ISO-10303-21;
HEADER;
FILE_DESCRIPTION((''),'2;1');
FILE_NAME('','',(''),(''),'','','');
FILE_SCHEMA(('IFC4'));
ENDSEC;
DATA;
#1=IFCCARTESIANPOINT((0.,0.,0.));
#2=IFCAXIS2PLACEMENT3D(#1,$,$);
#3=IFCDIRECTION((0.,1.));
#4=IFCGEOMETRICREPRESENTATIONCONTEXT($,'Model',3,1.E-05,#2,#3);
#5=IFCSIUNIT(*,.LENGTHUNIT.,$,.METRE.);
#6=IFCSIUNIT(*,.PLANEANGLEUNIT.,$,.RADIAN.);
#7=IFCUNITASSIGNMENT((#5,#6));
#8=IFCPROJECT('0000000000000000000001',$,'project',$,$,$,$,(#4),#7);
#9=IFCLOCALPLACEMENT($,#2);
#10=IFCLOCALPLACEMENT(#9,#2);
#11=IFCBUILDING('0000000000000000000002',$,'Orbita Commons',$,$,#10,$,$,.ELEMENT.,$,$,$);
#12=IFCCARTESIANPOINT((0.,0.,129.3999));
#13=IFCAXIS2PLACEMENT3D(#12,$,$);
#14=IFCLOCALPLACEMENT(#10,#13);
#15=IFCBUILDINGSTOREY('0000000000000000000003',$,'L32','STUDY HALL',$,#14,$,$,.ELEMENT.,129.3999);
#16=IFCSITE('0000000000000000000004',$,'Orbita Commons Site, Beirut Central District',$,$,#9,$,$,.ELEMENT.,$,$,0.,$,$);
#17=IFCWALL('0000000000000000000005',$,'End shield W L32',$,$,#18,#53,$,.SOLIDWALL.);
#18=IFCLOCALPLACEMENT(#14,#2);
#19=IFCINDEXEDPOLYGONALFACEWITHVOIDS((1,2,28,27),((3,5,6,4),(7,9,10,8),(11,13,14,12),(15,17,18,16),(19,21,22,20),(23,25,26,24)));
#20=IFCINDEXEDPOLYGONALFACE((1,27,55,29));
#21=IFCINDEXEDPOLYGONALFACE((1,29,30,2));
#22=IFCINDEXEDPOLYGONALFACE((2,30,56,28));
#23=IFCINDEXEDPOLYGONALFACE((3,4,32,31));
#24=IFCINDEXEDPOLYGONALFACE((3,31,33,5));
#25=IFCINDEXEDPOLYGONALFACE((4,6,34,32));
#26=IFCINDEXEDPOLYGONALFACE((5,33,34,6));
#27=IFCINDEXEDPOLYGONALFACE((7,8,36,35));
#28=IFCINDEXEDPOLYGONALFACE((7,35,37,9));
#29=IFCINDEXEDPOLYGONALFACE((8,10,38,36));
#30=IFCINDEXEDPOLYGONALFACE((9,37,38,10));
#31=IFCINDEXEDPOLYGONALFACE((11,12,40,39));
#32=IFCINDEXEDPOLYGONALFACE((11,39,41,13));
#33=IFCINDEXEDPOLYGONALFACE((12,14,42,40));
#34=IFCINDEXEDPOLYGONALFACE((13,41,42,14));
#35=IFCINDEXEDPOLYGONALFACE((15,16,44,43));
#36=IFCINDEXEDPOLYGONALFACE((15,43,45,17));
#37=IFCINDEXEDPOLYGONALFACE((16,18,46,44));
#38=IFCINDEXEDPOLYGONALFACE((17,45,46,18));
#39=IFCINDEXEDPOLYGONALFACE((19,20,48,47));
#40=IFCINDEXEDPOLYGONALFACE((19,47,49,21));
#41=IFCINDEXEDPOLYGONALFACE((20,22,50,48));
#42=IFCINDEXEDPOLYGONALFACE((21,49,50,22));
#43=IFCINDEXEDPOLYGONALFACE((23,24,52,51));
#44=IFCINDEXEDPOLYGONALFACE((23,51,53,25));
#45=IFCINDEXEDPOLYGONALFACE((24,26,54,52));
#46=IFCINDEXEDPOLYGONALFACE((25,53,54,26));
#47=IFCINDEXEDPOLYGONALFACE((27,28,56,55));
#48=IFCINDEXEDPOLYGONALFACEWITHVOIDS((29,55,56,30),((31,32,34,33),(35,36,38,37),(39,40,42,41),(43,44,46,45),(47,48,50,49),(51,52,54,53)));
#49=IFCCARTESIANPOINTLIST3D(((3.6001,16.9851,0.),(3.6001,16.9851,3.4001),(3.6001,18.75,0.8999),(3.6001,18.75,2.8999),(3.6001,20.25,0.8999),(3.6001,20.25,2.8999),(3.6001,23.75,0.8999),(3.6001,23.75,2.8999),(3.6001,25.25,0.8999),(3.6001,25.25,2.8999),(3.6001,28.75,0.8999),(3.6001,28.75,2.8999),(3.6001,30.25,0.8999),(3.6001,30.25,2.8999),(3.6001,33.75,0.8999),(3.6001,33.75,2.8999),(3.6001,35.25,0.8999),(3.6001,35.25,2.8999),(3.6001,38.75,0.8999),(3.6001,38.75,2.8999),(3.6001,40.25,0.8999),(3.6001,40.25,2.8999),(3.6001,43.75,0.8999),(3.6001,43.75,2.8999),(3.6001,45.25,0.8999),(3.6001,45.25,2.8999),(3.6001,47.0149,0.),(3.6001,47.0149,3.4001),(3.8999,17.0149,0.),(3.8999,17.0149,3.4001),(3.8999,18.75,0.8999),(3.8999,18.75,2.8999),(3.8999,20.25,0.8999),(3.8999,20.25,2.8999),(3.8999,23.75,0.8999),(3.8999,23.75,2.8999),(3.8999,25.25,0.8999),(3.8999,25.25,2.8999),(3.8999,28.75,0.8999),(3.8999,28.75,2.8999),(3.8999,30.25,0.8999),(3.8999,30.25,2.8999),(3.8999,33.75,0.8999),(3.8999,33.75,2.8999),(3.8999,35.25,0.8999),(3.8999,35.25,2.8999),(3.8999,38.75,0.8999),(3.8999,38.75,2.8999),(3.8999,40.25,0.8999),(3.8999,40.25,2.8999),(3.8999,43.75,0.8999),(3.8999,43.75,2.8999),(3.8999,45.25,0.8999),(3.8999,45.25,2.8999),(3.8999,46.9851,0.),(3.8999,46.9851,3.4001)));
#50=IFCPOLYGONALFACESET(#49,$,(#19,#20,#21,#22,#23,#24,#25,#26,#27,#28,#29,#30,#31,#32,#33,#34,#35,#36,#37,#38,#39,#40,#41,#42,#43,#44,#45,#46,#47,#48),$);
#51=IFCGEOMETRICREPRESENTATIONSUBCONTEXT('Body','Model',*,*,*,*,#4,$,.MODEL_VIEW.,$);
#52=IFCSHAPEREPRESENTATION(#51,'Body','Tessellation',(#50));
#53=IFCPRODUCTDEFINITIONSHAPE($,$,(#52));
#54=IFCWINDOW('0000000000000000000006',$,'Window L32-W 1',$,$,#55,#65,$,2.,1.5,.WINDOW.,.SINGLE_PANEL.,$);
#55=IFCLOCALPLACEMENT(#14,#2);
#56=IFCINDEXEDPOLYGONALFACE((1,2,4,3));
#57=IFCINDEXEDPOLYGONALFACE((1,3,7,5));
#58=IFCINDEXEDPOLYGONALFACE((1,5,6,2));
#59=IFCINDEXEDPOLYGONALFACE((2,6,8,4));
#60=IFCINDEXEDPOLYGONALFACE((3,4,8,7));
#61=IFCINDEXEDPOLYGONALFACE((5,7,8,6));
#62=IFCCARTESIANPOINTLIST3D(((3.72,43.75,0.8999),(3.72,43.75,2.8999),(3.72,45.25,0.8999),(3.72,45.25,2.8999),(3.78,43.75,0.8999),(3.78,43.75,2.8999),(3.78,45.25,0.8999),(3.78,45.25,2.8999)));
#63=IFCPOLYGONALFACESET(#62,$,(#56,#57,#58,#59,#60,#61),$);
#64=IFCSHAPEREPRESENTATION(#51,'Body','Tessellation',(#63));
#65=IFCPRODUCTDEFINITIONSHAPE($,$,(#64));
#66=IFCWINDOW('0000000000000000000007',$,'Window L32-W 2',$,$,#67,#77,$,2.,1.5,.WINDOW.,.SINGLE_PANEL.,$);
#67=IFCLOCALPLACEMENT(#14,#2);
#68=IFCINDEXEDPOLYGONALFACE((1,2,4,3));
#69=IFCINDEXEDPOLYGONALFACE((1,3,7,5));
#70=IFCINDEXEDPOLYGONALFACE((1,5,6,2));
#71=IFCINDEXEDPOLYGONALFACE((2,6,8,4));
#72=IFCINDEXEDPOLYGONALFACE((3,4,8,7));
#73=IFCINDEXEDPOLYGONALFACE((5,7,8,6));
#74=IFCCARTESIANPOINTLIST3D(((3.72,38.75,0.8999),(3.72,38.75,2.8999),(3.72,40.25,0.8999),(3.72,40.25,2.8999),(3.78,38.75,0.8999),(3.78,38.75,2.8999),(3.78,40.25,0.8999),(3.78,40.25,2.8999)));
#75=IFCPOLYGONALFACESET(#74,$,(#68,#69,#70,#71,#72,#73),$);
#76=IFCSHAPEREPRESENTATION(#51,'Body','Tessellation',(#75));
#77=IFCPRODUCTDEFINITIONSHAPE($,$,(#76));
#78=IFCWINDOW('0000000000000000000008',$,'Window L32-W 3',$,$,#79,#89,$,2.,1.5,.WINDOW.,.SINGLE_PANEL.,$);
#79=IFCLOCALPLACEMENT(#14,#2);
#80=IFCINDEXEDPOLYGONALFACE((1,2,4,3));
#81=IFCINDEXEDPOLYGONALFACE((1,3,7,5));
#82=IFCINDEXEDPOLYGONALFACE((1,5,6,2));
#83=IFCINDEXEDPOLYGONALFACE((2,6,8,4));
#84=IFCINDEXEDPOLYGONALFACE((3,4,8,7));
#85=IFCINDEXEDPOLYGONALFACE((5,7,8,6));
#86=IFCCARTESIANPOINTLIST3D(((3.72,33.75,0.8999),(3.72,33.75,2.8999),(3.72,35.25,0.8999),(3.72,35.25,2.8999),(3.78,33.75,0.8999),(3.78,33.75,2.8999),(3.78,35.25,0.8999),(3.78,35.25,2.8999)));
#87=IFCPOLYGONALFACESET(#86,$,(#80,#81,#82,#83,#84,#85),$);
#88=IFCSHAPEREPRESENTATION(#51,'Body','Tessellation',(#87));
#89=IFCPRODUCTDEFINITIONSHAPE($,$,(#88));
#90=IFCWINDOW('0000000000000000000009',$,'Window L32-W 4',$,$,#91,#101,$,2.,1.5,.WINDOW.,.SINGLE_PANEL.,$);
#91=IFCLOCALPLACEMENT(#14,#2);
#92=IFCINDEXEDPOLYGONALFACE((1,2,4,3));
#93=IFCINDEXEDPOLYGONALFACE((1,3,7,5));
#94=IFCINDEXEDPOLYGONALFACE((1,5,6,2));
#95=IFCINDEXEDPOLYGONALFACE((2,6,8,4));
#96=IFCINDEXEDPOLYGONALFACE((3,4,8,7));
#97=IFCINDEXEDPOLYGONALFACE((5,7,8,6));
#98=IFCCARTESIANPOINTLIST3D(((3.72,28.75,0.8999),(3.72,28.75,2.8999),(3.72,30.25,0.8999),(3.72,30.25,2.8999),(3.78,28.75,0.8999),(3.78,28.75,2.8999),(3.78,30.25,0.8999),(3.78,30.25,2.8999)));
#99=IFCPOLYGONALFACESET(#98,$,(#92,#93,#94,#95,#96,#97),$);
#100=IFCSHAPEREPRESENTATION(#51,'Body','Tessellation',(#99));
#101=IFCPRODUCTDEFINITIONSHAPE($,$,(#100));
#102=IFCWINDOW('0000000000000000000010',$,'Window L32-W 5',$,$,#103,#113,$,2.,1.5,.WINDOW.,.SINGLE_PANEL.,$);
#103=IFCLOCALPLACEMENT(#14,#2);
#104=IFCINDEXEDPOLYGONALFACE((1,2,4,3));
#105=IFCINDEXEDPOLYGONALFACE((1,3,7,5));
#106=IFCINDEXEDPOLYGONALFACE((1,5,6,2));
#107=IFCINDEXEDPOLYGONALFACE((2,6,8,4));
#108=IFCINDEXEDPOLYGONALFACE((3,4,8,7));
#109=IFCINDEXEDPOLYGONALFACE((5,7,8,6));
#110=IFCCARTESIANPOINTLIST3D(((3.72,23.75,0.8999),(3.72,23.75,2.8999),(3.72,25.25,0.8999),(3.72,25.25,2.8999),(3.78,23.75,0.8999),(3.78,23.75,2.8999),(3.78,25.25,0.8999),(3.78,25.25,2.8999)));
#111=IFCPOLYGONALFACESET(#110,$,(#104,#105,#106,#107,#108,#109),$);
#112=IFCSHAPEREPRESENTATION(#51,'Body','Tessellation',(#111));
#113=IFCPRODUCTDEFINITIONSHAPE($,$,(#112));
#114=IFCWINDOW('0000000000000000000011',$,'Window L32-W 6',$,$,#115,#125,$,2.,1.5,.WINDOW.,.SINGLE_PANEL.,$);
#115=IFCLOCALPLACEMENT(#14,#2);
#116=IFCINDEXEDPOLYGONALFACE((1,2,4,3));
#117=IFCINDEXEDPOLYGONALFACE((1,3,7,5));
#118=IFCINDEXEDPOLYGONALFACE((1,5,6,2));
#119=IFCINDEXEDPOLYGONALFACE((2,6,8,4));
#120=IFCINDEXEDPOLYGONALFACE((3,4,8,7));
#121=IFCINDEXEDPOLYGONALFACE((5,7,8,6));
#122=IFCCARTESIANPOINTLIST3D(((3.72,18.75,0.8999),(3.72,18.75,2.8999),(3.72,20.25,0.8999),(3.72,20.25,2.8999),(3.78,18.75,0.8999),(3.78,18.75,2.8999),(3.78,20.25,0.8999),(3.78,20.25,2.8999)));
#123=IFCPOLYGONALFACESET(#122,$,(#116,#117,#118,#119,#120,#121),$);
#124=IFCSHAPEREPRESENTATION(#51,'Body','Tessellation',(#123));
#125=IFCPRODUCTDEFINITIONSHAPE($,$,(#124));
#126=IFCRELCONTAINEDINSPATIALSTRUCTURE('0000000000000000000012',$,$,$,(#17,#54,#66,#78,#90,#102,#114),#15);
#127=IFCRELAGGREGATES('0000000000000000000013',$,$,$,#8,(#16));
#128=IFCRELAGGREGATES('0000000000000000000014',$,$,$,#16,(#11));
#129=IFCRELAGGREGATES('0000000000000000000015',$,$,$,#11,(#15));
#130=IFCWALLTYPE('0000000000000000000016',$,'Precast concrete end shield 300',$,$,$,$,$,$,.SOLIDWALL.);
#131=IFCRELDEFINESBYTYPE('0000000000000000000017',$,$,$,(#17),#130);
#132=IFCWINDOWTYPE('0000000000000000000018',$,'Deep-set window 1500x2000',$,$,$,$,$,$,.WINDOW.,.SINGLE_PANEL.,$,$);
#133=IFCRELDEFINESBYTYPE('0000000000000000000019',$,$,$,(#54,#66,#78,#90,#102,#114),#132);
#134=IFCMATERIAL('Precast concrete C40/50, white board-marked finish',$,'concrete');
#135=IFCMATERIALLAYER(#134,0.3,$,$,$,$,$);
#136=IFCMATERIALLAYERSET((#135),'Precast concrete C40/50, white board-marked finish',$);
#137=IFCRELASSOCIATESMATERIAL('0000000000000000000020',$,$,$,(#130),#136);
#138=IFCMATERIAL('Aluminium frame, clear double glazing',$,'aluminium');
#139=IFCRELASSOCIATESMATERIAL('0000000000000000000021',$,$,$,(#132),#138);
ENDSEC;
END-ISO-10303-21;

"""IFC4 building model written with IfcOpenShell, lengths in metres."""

from ifc_helpers import new_model, si_unit, direction, frame, frame_2d, origin, place, context, subcontext, project, spatial, polyline, rectangle, outline, extrude, material, layer, layer_set, type_object, element, fill, save


model = new_model("IFC4")

# Units and contexts
model_context = context("Model", 3, precision=1e-05, world=origin(), true_north=direction((0.0, 1.0)))
body_context = subcontext(model_context, "Body", "Model", "MODEL_VIEW")
ifc_project = project(units=[si_unit("LENGTHUNIT", "METRE"), si_unit("PLANEANGLEUNIT", "RADIAN")], contexts=[model_context])

# Site, building, storey
site_placement = place(None, origin())
site = spatial("IfcSite", under=ifc_project, at=site_placement, Name="Orbita Commons Site, Beirut Central District", CompositionType="ELEMENT", RefElevation=0.0)
building_placement = place(site_placement, origin())
building = spatial("IfcBuilding", under=site, at=building_placement, Name="Orbita Commons", CompositionType="ELEMENT")
storey_placement = place(building_placement, frame((0.0, 0.0, 129.3999)))
storey = spatial("IfcBuildingStorey", under=building, at=storey_placement, Name="L32", Description="STUDY HALL", CompositionType="ELEMENT", Elevation=129.3999)

# Wall, openings, windows
ifc_material_1 = material(Name="Precast concrete C40/50, white board-marked finish", Category="concrete")
ifc_layer_1 = layer(ifc_material_1, 0.3)
ifc_layer_set_1 = layer_set([ifc_layer_1], Name="Precast concrete C40/50, white board-marked finish")
wall_type_1 = type_object("IfcWallType", Name="Precast concrete end shield 300", PredefinedType="SOLIDWALL", material=ifc_layer_set_1)
wall_1_placement = place(storey_placement, frame((3.75, 47.0, 0.0), z_axis=(0.0, 0.0, 1.0), x_axis=(0.0, -1.0, 0.0)))
wall_1 = element("IfcWall", 1, at=wall_1_placement, inside=storey, type_object=wall_type_1, Name="End shield W L32", PredefinedType="SOLIDWALL", context=body_context, shape_type="SweptSolid", body=[
    extrude(outline(polyline([(-0.0149, -0.1499), (30.0149, -0.1499), (29.9851, 0.1499), (0.0149, 0.1499), (-0.0149, -0.1499)])), origin(), (0.0, 0.0, 1.0), 3.4001),
])
opening_1_placement = place(wall_1_placement, frame((1.75, 0.0, 0.8999)))
opening_1 = element("IfcOpeningElement", 2, at=opening_1_placement, cuts=wall_1, PredefinedType="OPENING", context=body_context, shape_type="SweptSolid", body=[
    extrude(rectangle(XDim=1.5, YDim=2.0, at=frame_2d((0.75, 1.0))), frame((0.0, 0.1599, 0.0), z_axis=(0.0, -1.0, 0.0), x_axis=(1.0, 0.0, 0.0)), (0.0, 0.0, 1.0), 0.3201),
])
opening_2_placement = place(wall_1_placement, frame((6.75, 0.0, 0.8999)))
opening_2 = element("IfcOpeningElement", 3, at=opening_2_placement, cuts=wall_1, PredefinedType="OPENING", context=body_context, shape_type="SweptSolid", body=[
    extrude(rectangle(XDim=1.5, YDim=2.0, at=frame_2d((0.75, 1.0))), frame((0.0, 0.1599, 0.0), z_axis=(0.0, -1.0, 0.0), x_axis=(1.0, 0.0, 0.0)), (0.0, 0.0, 1.0), 0.3201),
])
opening_3_placement = place(wall_1_placement, frame((11.75, 0.0, 0.8999)))
opening_3 = element("IfcOpeningElement", 4, at=opening_3_placement, cuts=wall_1, PredefinedType="OPENING", context=body_context, shape_type="SweptSolid", body=[
    extrude(rectangle(XDim=1.5, YDim=2.0, at=frame_2d((0.75, 1.0))), frame((0.0, 0.1599, 0.0), z_axis=(0.0, -1.0, 0.0), x_axis=(1.0, 0.0, 0.0)), (0.0, 0.0, 1.0), 0.3201),
])
opening_4_placement = place(wall_1_placement, frame((16.75, 0.0, 0.8999)))
opening_4 = element("IfcOpeningElement", 5, at=opening_4_placement, cuts=wall_1, PredefinedType="OPENING", context=body_context, shape_type="SweptSolid", body=[
    extrude(rectangle(XDim=1.5, YDim=2.0, at=frame_2d((0.75, 1.0))), frame((0.0, 0.1599, 0.0), z_axis=(0.0, -1.0, 0.0), x_axis=(1.0, 0.0, 0.0)), (0.0, 0.0, 1.0), 0.3201),
])
opening_5_placement = place(wall_1_placement, frame((21.75, 0.0, 0.8999)))
opening_5 = element("IfcOpeningElement", 6, at=opening_5_placement, cuts=wall_1, PredefinedType="OPENING", context=body_context, shape_type="SweptSolid", body=[
    extrude(rectangle(XDim=1.5, YDim=2.0, at=frame_2d((0.75, 1.0))), frame((0.0, 0.1599, 0.0), z_axis=(0.0, -1.0, 0.0), x_axis=(1.0, 0.0, 0.0)), (0.0, 0.0, 1.0), 0.3201),
])
opening_6_placement = place(wall_1_placement, frame((26.75, 0.0, 0.8999)))
opening_6 = element("IfcOpeningElement", 7, at=opening_6_placement, cuts=wall_1, PredefinedType="OPENING", context=body_context, shape_type="SweptSolid", body=[
    extrude(rectangle(XDim=1.5, YDim=2.0, at=frame_2d((0.75, 1.0))), frame((0.0, 0.1599, 0.0), z_axis=(0.0, -1.0, 0.0), x_axis=(1.0, 0.0, 0.0)), (0.0, 0.0, 1.0), 0.3201),
])
ifc_material_2 = material(Name="Aluminium frame, clear double glazing", Category="aluminium")
window_type = type_object("IfcWindowType", Name="Deep-set window 1500x2000", PartitioningType="SINGLE_PANEL", PredefinedType="WINDOW", material=ifc_material_2)
window_1_placement = place(opening_1_placement, origin())
window_1 = element("IfcWindow", 8, at=window_1_placement, inside=storey, type_object=window_type, Name="Window L32-W 1", OverallHeight=2.0, OverallWidth=1.5, PartitioningType="SINGLE_PANEL", PredefinedType="WINDOW", context=body_context, shape_type="SweptSolid", body=[
    extrude(rectangle(XDim=1.5, YDim=2.0, at=frame_2d((0.75, 1.0))), frame((0.0, 0.03, 0.0), z_axis=(0.0, -1.0, 0.0), x_axis=(1.0, 0.0, 0.0)), (0.0, 0.0, 1.0), 0.0601),
])
fill(opening_1, window_1)
window_2_placement = place(opening_2_placement, origin())
window_2 = element("IfcWindow", 9, at=window_2_placement, inside=storey, type_object=window_type, Name="Window L32-W 2", OverallHeight=2.0, OverallWidth=1.5, PartitioningType="SINGLE_PANEL", PredefinedType="WINDOW", context=body_context, shape_type="SweptSolid", body=[
    extrude(rectangle(XDim=1.5, YDim=2.0, at=frame_2d((0.75, 1.0))), frame((0.0, 0.03, 0.0), z_axis=(0.0, -1.0, 0.0), x_axis=(1.0, 0.0, 0.0)), (0.0, 0.0, 1.0), 0.0601),
])
fill(opening_2, window_2)
window_3_placement = place(opening_3_placement, origin())
window_3 = element("IfcWindow", 10, at=window_3_placement, inside=storey, type_object=window_type, Name="Window L32-W 3", OverallHeight=2.0, OverallWidth=1.5, PartitioningType="SINGLE_PANEL", PredefinedType="WINDOW", context=body_context, shape_type="SweptSolid", body=[
    extrude(rectangle(XDim=1.5, YDim=2.0, at=frame_2d((0.75, 1.0))), frame((0.0, 0.03, 0.0), z_axis=(0.0, -1.0, 0.0), x_axis=(1.0, 0.0, 0.0)), (0.0, 0.0, 1.0), 0.0601),
])
fill(opening_3, window_3)
window_4_placement = place(opening_4_placement, origin())
window_4 = element("IfcWindow", 11, at=window_4_placement, inside=storey, type_object=window_type, Name="Window L32-W 4", OverallHeight=2.0, OverallWidth=1.5, PartitioningType="SINGLE_PANEL", PredefinedType="WINDOW", context=body_context, shape_type="SweptSolid", body=[
    extrude(rectangle(XDim=1.5, YDim=2.0, at=frame_2d((0.75, 1.0))), frame((0.0, 0.03, 0.0), z_axis=(0.0, -1.0, 0.0), x_axis=(1.0, 0.0, 0.0)), (0.0, 0.0, 1.0), 0.0601),
])
fill(opening_4, window_4)
window_5_placement = place(opening_5_placement, origin())
window_5 = element("IfcWindow", 12, at=window_5_placement, inside=storey, type_object=window_type, Name="Window L32-W 5", OverallHeight=2.0, OverallWidth=1.5, PartitioningType="SINGLE_PANEL", PredefinedType="WINDOW", context=body_context, shape_type="SweptSolid", body=[
    extrude(rectangle(XDim=1.5, YDim=2.0, at=frame_2d((0.75, 1.0))), frame((0.0, 0.03, 0.0), z_axis=(0.0, -1.0, 0.0), x_axis=(1.0, 0.0, 0.0)), (0.0, 0.0, 1.0), 0.0601),
])
fill(opening_5, window_5)
window_6_placement = place(opening_6_placement, origin())
window_6 = element("IfcWindow", 13, at=window_6_placement, inside=storey, type_object=window_type, Name="Window L32-W 6", OverallHeight=2.0, OverallWidth=1.5, PartitioningType="SINGLE_PANEL", PredefinedType="WINDOW", context=body_context, shape_type="SweptSolid", body=[
    extrude(rectangle(XDim=1.5, YDim=2.0, at=frame_2d((0.75, 1.0))), frame((0.0, 0.03, 0.0), z_axis=(0.0, -1.0, 0.0), x_axis=(1.0, 0.0, 0.0)), (0.0, 0.0, 1.0), 0.0601),
])
fill(opening_6, window_6)

save(model, "model.ifc")
